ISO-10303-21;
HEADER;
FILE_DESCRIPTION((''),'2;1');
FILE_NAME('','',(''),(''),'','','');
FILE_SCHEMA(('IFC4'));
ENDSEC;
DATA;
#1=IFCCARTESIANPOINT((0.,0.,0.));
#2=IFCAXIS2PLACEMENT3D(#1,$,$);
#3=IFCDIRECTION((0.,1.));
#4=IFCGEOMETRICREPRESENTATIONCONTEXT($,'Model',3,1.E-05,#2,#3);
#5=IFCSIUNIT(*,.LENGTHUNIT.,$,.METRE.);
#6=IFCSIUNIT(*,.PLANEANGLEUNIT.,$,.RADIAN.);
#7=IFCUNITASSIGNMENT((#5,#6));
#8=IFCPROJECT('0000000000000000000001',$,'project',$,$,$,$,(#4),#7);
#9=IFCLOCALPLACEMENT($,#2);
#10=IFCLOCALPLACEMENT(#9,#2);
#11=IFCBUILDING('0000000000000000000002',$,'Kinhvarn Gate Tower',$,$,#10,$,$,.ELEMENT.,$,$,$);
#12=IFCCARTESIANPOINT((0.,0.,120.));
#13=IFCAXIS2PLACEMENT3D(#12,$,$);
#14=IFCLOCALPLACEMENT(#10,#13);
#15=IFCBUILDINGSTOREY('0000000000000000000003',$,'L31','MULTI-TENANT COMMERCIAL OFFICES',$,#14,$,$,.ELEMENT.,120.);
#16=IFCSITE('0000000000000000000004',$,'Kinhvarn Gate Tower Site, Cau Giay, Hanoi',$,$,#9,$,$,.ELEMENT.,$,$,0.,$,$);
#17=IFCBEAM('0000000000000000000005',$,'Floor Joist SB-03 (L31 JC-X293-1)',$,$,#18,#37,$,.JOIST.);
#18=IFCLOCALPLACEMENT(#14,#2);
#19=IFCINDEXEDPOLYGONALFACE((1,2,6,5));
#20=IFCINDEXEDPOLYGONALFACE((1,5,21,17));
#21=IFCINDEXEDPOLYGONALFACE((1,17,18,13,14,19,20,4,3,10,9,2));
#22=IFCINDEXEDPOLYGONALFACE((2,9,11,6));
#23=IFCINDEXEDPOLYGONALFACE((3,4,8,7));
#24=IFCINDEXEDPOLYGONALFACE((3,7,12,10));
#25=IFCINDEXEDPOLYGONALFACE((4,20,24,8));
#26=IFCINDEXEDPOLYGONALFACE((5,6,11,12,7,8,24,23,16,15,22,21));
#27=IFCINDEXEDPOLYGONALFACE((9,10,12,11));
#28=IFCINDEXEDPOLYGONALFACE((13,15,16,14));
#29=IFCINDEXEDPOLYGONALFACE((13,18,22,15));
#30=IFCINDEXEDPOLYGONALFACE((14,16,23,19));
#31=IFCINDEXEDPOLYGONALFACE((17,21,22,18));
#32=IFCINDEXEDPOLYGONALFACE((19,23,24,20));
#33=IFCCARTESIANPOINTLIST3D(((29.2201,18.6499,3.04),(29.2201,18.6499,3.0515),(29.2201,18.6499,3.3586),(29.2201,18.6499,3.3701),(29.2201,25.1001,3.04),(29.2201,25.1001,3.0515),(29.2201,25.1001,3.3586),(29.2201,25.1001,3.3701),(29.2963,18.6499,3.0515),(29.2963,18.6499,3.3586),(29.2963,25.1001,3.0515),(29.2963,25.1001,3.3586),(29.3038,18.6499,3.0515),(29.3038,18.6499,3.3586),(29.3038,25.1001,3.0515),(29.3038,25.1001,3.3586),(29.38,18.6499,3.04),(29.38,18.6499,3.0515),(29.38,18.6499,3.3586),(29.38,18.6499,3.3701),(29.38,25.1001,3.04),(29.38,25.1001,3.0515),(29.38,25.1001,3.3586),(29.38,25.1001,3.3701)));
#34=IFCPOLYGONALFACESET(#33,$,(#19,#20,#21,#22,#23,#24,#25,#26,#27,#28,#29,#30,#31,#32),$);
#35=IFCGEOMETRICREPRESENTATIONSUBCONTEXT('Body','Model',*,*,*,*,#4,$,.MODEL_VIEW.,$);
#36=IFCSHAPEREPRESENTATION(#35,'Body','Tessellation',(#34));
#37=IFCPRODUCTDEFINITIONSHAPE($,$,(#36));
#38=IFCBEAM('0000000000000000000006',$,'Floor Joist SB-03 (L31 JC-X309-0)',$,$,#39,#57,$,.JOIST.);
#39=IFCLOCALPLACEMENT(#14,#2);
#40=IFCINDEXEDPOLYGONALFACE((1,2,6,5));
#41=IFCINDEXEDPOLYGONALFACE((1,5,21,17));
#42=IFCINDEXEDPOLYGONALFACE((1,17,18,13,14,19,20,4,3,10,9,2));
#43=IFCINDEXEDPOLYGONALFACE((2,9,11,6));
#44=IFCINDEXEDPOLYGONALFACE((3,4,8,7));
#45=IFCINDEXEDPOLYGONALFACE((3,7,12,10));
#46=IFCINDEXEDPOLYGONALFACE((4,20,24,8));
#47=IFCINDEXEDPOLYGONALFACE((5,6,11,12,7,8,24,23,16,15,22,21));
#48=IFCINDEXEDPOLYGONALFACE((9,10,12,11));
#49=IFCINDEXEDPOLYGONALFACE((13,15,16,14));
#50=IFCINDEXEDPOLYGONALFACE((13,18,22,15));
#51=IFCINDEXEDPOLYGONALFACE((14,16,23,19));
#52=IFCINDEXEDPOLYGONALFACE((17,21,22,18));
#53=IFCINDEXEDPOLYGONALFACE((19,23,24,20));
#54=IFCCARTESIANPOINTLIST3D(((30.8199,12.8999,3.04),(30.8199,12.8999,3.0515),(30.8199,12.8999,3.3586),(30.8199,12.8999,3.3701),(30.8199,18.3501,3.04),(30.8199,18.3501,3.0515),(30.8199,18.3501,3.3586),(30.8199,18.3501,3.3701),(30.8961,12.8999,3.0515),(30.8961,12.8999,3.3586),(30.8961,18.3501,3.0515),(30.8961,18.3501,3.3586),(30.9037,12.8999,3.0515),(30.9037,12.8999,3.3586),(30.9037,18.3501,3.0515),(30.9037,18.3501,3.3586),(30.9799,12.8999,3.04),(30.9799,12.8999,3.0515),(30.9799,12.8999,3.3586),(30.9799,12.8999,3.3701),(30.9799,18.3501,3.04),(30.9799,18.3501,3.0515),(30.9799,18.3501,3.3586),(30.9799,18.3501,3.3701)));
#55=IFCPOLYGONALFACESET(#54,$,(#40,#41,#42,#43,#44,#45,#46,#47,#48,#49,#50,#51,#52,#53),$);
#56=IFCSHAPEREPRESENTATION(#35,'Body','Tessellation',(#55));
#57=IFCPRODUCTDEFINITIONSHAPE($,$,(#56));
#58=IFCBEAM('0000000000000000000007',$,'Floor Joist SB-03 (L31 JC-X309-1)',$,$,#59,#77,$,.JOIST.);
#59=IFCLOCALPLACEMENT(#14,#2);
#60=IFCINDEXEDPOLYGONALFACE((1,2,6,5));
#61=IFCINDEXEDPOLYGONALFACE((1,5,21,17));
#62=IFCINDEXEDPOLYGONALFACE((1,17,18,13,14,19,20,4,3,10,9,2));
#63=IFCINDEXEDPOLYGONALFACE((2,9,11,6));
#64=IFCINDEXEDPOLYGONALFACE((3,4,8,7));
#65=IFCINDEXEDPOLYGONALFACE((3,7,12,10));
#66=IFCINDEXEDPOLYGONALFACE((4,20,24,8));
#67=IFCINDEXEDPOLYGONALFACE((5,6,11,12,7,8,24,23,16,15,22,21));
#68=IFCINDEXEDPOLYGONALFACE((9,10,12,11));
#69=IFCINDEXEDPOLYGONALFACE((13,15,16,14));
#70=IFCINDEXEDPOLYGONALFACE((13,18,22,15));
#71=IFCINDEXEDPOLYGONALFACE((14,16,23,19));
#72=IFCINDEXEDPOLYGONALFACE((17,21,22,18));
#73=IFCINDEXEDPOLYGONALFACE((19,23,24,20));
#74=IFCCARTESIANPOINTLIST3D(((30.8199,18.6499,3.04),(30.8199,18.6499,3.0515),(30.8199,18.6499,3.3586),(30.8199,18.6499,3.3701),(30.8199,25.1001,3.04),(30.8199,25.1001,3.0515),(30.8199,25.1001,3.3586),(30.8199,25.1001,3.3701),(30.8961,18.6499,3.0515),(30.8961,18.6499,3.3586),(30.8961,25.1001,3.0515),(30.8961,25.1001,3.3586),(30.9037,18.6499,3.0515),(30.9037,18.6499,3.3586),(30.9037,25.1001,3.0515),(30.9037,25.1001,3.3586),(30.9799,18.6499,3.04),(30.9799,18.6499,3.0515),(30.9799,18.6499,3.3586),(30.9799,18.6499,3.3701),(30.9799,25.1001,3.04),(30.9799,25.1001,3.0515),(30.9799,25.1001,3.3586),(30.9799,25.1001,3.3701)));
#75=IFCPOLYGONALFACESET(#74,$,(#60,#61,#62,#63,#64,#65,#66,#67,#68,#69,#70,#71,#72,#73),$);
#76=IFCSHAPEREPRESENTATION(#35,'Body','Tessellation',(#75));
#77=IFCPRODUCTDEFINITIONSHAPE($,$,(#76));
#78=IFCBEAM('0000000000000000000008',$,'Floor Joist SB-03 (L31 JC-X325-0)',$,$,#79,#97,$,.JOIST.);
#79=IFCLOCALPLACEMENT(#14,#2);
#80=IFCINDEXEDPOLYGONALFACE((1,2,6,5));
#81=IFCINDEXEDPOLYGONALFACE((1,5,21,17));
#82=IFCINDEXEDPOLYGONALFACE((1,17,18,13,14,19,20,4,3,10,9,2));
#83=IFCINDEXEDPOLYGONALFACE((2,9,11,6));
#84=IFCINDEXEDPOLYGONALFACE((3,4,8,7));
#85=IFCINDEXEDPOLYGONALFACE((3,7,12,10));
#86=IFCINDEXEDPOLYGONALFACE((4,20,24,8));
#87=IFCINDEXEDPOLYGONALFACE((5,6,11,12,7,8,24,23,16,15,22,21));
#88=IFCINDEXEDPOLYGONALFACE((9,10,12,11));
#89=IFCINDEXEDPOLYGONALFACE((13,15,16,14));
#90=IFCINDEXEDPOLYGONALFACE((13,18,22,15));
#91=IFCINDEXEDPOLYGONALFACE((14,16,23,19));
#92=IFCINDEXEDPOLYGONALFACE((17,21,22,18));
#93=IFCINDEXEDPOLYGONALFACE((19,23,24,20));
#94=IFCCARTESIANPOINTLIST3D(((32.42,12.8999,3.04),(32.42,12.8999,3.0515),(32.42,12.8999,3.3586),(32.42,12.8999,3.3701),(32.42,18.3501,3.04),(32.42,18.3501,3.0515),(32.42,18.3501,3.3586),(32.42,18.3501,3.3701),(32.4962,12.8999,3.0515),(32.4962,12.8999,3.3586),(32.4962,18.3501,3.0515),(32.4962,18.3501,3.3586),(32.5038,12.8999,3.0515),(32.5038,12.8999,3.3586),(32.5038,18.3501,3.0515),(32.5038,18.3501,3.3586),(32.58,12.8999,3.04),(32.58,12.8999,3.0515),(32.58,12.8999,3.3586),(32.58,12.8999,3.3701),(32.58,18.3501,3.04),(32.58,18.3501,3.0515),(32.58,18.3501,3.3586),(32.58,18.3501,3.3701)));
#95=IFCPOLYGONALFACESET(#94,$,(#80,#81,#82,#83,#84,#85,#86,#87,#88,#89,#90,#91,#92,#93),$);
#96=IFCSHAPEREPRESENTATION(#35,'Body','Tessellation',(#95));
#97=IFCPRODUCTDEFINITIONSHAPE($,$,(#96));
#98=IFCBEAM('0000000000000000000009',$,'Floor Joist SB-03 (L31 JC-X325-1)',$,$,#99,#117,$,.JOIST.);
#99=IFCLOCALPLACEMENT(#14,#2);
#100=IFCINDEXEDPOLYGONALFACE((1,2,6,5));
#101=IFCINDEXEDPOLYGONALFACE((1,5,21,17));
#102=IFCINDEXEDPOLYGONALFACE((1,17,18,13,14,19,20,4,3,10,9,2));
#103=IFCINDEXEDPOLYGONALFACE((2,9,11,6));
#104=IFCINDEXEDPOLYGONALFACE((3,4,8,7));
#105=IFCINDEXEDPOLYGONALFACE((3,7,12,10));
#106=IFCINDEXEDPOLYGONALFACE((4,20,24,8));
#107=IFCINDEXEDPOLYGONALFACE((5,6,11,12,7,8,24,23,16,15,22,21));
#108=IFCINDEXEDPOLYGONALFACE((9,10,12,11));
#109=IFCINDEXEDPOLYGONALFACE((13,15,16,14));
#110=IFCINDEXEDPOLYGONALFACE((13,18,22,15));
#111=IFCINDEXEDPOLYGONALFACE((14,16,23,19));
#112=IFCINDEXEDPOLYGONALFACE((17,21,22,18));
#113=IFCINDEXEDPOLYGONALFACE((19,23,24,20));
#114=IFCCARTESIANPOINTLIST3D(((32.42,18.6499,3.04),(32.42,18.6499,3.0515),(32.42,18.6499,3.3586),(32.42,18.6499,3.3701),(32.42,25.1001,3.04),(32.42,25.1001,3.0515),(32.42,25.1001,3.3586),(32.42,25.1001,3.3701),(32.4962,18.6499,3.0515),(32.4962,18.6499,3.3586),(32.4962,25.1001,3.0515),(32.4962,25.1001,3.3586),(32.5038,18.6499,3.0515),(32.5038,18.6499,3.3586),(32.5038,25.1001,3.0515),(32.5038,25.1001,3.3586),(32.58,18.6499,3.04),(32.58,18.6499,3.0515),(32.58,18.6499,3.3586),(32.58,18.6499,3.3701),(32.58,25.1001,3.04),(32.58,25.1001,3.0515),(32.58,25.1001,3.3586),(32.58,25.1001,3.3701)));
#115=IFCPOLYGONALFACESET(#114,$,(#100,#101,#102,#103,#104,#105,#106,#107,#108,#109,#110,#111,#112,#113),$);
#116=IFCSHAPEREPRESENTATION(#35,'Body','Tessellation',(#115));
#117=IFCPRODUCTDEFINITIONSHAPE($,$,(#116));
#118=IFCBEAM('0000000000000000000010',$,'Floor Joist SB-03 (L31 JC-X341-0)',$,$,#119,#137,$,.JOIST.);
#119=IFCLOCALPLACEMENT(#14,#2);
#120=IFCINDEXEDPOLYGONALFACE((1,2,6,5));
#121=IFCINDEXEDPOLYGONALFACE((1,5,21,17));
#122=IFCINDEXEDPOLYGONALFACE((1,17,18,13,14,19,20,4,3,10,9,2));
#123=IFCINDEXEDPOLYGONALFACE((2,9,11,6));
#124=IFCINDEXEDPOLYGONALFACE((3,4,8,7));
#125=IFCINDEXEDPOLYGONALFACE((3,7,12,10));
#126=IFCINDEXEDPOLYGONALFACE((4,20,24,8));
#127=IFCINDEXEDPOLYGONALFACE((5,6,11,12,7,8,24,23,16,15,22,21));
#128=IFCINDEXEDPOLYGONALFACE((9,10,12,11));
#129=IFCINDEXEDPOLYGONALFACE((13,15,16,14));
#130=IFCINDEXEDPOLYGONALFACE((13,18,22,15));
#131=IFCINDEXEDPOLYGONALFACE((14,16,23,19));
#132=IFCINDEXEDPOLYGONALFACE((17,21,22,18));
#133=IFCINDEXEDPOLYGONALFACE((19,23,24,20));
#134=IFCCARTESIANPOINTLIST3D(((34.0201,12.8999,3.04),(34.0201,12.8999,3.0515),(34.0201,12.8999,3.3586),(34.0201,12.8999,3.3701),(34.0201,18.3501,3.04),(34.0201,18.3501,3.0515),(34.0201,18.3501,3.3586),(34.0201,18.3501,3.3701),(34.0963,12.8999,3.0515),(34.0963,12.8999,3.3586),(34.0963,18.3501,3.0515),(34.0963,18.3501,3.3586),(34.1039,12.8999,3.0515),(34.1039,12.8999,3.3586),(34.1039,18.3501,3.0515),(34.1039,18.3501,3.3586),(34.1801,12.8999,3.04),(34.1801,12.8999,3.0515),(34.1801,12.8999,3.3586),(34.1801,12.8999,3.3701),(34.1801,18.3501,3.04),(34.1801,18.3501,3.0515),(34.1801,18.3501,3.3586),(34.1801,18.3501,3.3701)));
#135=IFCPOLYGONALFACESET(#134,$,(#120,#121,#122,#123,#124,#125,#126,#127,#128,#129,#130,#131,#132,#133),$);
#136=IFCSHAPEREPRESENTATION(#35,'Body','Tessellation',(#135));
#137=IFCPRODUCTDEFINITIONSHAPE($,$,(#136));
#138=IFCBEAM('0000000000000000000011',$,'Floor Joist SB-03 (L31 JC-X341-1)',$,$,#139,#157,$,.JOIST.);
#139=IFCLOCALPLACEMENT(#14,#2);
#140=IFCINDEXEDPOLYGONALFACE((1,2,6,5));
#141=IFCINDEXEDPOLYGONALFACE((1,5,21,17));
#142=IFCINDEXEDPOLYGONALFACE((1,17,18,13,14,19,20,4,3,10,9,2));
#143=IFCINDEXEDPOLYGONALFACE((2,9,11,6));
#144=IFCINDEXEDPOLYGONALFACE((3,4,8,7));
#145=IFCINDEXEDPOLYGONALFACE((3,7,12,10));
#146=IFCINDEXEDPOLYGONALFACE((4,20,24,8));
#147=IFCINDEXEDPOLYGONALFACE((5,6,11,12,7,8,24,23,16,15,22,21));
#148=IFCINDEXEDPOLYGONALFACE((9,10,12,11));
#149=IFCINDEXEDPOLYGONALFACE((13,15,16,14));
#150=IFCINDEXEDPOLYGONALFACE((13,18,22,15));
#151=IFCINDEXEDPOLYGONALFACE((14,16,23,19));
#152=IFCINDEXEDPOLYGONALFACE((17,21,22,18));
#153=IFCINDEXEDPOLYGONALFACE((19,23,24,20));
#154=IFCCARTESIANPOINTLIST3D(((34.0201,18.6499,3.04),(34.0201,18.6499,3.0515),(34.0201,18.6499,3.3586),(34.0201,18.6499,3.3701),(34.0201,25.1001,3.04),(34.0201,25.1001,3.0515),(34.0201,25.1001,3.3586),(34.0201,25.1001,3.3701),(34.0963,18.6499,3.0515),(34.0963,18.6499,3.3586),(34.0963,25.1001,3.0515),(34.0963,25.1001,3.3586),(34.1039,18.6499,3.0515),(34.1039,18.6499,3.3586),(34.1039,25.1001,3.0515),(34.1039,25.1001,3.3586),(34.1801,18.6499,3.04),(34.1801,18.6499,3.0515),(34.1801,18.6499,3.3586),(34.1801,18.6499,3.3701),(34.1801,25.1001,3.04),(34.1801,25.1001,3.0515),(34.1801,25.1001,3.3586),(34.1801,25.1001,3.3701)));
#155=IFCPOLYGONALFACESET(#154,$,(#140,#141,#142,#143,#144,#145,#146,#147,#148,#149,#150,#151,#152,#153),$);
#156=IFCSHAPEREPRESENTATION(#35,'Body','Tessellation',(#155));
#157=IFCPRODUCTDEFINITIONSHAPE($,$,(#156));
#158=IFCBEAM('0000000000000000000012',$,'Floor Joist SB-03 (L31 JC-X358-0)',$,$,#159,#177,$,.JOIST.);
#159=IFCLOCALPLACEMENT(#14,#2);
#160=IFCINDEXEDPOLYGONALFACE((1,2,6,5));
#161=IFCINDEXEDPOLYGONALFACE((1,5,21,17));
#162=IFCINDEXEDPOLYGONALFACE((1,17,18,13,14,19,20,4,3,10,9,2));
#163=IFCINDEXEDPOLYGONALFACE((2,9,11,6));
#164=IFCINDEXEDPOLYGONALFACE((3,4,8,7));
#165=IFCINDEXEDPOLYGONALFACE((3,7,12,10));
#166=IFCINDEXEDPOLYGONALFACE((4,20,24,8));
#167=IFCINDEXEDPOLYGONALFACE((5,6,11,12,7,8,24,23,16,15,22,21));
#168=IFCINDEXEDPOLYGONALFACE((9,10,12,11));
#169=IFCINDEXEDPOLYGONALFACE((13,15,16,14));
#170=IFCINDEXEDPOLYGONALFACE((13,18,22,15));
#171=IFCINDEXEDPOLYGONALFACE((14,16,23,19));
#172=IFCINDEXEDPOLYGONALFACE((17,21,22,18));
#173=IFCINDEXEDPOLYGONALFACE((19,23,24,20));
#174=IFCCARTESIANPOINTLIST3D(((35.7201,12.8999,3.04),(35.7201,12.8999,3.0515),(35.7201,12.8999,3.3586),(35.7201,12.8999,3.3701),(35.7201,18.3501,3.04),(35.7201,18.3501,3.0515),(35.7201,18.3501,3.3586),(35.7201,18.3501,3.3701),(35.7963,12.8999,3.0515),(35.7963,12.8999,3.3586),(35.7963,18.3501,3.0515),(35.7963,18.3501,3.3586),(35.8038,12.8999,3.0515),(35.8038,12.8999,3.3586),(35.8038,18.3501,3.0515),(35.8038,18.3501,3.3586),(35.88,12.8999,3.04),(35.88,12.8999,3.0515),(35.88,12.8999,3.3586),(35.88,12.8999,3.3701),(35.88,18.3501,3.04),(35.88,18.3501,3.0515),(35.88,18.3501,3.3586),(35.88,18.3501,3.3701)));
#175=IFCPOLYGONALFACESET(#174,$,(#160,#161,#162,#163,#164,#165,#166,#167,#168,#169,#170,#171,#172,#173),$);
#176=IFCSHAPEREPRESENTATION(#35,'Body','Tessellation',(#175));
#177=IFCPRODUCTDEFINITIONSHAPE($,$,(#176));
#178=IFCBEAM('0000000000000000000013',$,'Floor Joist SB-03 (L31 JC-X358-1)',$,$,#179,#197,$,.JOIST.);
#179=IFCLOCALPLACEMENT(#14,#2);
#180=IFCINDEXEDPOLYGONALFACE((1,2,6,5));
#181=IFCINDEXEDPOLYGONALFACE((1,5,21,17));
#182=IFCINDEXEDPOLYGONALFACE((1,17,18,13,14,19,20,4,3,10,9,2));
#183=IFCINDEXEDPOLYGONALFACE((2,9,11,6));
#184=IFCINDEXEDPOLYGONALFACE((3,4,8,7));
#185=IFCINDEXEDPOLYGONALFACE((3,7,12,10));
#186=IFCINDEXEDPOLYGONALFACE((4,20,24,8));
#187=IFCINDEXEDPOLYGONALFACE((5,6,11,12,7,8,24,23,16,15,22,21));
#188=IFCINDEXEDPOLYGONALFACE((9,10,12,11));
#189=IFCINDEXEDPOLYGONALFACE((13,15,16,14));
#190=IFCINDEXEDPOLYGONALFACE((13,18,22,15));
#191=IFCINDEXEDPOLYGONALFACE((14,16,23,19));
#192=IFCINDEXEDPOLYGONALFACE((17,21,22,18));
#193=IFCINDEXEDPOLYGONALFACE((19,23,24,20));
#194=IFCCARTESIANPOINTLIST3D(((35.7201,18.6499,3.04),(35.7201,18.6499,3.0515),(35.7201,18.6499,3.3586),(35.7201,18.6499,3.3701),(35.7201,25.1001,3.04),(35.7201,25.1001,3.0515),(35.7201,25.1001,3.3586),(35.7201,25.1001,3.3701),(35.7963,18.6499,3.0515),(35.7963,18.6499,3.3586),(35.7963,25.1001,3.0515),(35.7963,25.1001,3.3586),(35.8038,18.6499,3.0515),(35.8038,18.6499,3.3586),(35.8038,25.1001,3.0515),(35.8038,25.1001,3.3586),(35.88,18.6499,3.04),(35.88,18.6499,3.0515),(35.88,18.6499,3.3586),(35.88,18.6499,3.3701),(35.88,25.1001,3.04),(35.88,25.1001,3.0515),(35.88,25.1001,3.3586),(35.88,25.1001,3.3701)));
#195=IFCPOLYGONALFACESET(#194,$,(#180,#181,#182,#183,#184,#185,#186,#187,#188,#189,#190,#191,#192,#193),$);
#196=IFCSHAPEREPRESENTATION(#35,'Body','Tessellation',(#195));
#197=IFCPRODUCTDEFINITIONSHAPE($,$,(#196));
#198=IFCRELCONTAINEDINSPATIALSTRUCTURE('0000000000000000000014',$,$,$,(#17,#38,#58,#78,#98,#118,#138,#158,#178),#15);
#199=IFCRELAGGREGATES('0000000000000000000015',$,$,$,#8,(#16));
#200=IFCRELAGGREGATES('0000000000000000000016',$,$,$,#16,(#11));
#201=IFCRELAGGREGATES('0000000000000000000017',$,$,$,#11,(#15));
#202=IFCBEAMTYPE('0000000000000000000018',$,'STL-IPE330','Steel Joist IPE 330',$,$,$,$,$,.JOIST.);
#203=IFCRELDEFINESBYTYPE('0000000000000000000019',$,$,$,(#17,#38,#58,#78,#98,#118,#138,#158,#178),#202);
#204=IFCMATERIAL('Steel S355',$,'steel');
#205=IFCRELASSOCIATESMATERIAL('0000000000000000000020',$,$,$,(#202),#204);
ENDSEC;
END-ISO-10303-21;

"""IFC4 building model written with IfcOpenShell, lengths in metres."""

from ifc_helpers import new_model, si_unit, direction, frame, origin, origin_2d, place, context, subcontext, project, spatial, i_section, extrude, material, material_profile, profile_set, type_object, element, save


model = new_model("IFC4")

# Units and contexts
model_context = context("Model", 3, precision=1e-05, world=origin(), true_north=direction((0.0, 1.0)))
body_context = subcontext(model_context, "Body", "Model", "MODEL_VIEW")
ifc_project = project(units=[si_unit("LENGTHUNIT", "METRE"), si_unit("PLANEANGLEUNIT", "RADIAN")], contexts=[model_context])

# Site, building, storey
site_placement = place(None, origin())
site = spatial("IfcSite", under=ifc_project, at=site_placement, Name="Kinhvarn Gate Tower Site, Cau Giay, Hanoi", CompositionType="ELEMENT", RefElevation=0.0)
building_placement = place(site_placement, origin())
building = spatial("IfcBuilding", under=site, at=building_placement, Name="Kinhvarn Gate Tower", CompositionType="ELEMENT")
storey_placement = place(building_placement, frame((0.0, 0.0, 120.0)))
storey = spatial("IfcBuildingStorey", under=building, at=storey_placement, Name="L31", Description="MULTI-TENANT COMMERCIAL OFFICES", CompositionType="ELEMENT", Elevation=120.0)

# Beams
ifc_material_1 = material(Name="Steel S355", Category="steel")
ifc_material_profile_1 = material_profile(ifc_material_1, i_section(OverallWidth=0.1599, OverallDepth=0.3301, WebThickness=0.0076, FlangeThickness=0.0115, at=origin_2d()), Name="IPE 330")
ifc_profile_set_1 = profile_set([ifc_material_profile_1], Name="Steel S355")
beam_type_1 = type_object("IfcBeamType", Name="STL-IPE330", Description="Steel Joist IPE 330", PredefinedType="JOIST", material=ifc_profile_set_1)
beam_1_placement = place(storey_placement, frame((29.3, 18.6499, 3.2051), z_axis=(0.0, 1.0, 0.0), x_axis=(-1.0, 0.0, 0.0)))
element("IfcBeam", 1, at=beam_1_placement, inside=storey, type_object=beam_type_1, Name="Floor Joist SB-03 (L31 JC-X293-1)", PredefinedType="JOIST", context=body_context, shape_type="SweptSolid", body=[
    extrude(i_section(OverallWidth=0.1599, OverallDepth=0.3301, WebThickness=0.0076, FlangeThickness=0.0115, at=origin_2d()), origin(), (0.0, 0.0, 1.0), 6.4502),
])
beam_2_placement = place(storey_placement, frame((30.8999, 12.8999, 3.2051), z_axis=(0.0, 1.0, 0.0), x_axis=(-1.0, 0.0, 0.0)))
element("IfcBeam", 2, at=beam_2_placement, inside=storey, type_object=beam_type_1, Name="Floor Joist SB-03 (L31 JC-X309-0)", PredefinedType="JOIST", context=body_context, shape_type="SweptSolid", body=[
    extrude(i_section(OverallWidth=0.1599, OverallDepth=0.3301, WebThickness=0.0076, FlangeThickness=0.0115, at=origin_2d()), origin(), (0.0, 0.0, 1.0), 5.4502),
])
beam_3_placement = place(storey_placement, frame((30.8999, 18.6499, 3.2051), z_axis=(0.0, 1.0, 0.0), x_axis=(-1.0, 0.0, 0.0)))
element("IfcBeam", 3, at=beam_3_placement, inside=storey, type_object=beam_type_1, Name="Floor Joist SB-03 (L31 JC-X309-1)", PredefinedType="JOIST", context=body_context, shape_type="SweptSolid", body=[
    extrude(i_section(OverallWidth=0.1599, OverallDepth=0.3301, WebThickness=0.0076, FlangeThickness=0.0115, at=origin_2d()), origin(), (0.0, 0.0, 1.0), 6.4502),
])
beam_4_placement = place(storey_placement, frame((32.5, 12.8999, 3.2051), z_axis=(0.0, 1.0, 0.0), x_axis=(-1.0, 0.0, 0.0)))
element("IfcBeam", 4, at=beam_4_placement, inside=storey, type_object=beam_type_1, Name="Floor Joist SB-03 (L31 JC-X325-0)", PredefinedType="JOIST", context=body_context, shape_type="SweptSolid", body=[
    extrude(i_section(OverallWidth=0.1599, OverallDepth=0.3301, WebThickness=0.0076, FlangeThickness=0.0115, at=origin_2d()), origin(), (0.0, 0.0, 1.0), 5.4502),
])
beam_5_placement = place(storey_placement, frame((32.5, 18.6499, 3.2051), z_axis=(0.0, 1.0, 0.0), x_axis=(-1.0, 0.0, 0.0)))
element("IfcBeam", 5, at=beam_5_placement, inside=storey, type_object=beam_type_1, Name="Floor Joist SB-03 (L31 JC-X325-1)", PredefinedType="JOIST", context=body_context, shape_type="SweptSolid", body=[
    extrude(i_section(OverallWidth=0.1599, OverallDepth=0.3301, WebThickness=0.0076, FlangeThickness=0.0115, at=origin_2d()), origin(), (0.0, 0.0, 1.0), 6.4502),
])
beam_6_placement = place(storey_placement, frame((34.1001, 12.8999, 3.2051), z_axis=(0.0, 1.0, 0.0), x_axis=(-1.0, 0.0, 0.0)))
element("IfcBeam", 6, at=beam_6_placement, inside=storey, type_object=beam_type_1, Name="Floor Joist SB-03 (L31 JC-X341-0)", PredefinedType="JOIST", context=body_context, shape_type="SweptSolid", body=[
    extrude(i_section(OverallWidth=0.1599, OverallDepth=0.3301, WebThickness=0.0076, FlangeThickness=0.0115, at=origin_2d()), origin(), (0.0, 0.0, 1.0), 5.4502),
])
beam_7_placement = place(storey_placement, frame((34.1001, 18.6499, 3.2051), z_axis=(0.0, 1.0, 0.0), x_axis=(-1.0, 0.0, 0.0)))
element("IfcBeam", 7, at=beam_7_placement, inside=storey, type_object=beam_type_1, Name="Floor Joist SB-03 (L31 JC-X341-1)", PredefinedType="JOIST", context=body_context, shape_type="SweptSolid", body=[
    extrude(i_section(OverallWidth=0.1599, OverallDepth=0.3301, WebThickness=0.0076, FlangeThickness=0.0115, at=origin_2d()), origin(), (0.0, 0.0, 1.0), 6.4502),
])
beam_8_placement = place(storey_placement, frame((35.8, 12.8999, 3.2051), z_axis=(0.0, 1.0, 0.0), x_axis=(-1.0, 0.0, 0.0)))
element("IfcBeam", 8, at=beam_8_placement, inside=storey, type_object=beam_type_1, Name="Floor Joist SB-03 (L31 JC-X358-0)", PredefinedType="JOIST", context=body_context, shape_type="SweptSolid", body=[
    extrude(i_section(OverallWidth=0.1599, OverallDepth=0.3301, WebThickness=0.0076, FlangeThickness=0.0115, at=origin_2d()), origin(), (0.0, 0.0, 1.0), 5.4502),
])
beam_9_placement = place(storey_placement, frame((35.8, 18.6499, 3.2051), z_axis=(0.0, 1.0, 0.0), x_axis=(-1.0, 0.0, 0.0)))
element("IfcBeam", 9, at=beam_9_placement, inside=storey, type_object=beam_type_1, Name="Floor Joist SB-03 (L31 JC-X358-1)", PredefinedType="JOIST", context=body_context, shape_type="SweptSolid", body=[
    extrude(i_section(OverallWidth=0.1599, OverallDepth=0.3301, WebThickness=0.0076, FlangeThickness=0.0115, at=origin_2d()), origin(), (0.0, 0.0, 1.0), 6.4502),
])

save(model, "model.ifc")
